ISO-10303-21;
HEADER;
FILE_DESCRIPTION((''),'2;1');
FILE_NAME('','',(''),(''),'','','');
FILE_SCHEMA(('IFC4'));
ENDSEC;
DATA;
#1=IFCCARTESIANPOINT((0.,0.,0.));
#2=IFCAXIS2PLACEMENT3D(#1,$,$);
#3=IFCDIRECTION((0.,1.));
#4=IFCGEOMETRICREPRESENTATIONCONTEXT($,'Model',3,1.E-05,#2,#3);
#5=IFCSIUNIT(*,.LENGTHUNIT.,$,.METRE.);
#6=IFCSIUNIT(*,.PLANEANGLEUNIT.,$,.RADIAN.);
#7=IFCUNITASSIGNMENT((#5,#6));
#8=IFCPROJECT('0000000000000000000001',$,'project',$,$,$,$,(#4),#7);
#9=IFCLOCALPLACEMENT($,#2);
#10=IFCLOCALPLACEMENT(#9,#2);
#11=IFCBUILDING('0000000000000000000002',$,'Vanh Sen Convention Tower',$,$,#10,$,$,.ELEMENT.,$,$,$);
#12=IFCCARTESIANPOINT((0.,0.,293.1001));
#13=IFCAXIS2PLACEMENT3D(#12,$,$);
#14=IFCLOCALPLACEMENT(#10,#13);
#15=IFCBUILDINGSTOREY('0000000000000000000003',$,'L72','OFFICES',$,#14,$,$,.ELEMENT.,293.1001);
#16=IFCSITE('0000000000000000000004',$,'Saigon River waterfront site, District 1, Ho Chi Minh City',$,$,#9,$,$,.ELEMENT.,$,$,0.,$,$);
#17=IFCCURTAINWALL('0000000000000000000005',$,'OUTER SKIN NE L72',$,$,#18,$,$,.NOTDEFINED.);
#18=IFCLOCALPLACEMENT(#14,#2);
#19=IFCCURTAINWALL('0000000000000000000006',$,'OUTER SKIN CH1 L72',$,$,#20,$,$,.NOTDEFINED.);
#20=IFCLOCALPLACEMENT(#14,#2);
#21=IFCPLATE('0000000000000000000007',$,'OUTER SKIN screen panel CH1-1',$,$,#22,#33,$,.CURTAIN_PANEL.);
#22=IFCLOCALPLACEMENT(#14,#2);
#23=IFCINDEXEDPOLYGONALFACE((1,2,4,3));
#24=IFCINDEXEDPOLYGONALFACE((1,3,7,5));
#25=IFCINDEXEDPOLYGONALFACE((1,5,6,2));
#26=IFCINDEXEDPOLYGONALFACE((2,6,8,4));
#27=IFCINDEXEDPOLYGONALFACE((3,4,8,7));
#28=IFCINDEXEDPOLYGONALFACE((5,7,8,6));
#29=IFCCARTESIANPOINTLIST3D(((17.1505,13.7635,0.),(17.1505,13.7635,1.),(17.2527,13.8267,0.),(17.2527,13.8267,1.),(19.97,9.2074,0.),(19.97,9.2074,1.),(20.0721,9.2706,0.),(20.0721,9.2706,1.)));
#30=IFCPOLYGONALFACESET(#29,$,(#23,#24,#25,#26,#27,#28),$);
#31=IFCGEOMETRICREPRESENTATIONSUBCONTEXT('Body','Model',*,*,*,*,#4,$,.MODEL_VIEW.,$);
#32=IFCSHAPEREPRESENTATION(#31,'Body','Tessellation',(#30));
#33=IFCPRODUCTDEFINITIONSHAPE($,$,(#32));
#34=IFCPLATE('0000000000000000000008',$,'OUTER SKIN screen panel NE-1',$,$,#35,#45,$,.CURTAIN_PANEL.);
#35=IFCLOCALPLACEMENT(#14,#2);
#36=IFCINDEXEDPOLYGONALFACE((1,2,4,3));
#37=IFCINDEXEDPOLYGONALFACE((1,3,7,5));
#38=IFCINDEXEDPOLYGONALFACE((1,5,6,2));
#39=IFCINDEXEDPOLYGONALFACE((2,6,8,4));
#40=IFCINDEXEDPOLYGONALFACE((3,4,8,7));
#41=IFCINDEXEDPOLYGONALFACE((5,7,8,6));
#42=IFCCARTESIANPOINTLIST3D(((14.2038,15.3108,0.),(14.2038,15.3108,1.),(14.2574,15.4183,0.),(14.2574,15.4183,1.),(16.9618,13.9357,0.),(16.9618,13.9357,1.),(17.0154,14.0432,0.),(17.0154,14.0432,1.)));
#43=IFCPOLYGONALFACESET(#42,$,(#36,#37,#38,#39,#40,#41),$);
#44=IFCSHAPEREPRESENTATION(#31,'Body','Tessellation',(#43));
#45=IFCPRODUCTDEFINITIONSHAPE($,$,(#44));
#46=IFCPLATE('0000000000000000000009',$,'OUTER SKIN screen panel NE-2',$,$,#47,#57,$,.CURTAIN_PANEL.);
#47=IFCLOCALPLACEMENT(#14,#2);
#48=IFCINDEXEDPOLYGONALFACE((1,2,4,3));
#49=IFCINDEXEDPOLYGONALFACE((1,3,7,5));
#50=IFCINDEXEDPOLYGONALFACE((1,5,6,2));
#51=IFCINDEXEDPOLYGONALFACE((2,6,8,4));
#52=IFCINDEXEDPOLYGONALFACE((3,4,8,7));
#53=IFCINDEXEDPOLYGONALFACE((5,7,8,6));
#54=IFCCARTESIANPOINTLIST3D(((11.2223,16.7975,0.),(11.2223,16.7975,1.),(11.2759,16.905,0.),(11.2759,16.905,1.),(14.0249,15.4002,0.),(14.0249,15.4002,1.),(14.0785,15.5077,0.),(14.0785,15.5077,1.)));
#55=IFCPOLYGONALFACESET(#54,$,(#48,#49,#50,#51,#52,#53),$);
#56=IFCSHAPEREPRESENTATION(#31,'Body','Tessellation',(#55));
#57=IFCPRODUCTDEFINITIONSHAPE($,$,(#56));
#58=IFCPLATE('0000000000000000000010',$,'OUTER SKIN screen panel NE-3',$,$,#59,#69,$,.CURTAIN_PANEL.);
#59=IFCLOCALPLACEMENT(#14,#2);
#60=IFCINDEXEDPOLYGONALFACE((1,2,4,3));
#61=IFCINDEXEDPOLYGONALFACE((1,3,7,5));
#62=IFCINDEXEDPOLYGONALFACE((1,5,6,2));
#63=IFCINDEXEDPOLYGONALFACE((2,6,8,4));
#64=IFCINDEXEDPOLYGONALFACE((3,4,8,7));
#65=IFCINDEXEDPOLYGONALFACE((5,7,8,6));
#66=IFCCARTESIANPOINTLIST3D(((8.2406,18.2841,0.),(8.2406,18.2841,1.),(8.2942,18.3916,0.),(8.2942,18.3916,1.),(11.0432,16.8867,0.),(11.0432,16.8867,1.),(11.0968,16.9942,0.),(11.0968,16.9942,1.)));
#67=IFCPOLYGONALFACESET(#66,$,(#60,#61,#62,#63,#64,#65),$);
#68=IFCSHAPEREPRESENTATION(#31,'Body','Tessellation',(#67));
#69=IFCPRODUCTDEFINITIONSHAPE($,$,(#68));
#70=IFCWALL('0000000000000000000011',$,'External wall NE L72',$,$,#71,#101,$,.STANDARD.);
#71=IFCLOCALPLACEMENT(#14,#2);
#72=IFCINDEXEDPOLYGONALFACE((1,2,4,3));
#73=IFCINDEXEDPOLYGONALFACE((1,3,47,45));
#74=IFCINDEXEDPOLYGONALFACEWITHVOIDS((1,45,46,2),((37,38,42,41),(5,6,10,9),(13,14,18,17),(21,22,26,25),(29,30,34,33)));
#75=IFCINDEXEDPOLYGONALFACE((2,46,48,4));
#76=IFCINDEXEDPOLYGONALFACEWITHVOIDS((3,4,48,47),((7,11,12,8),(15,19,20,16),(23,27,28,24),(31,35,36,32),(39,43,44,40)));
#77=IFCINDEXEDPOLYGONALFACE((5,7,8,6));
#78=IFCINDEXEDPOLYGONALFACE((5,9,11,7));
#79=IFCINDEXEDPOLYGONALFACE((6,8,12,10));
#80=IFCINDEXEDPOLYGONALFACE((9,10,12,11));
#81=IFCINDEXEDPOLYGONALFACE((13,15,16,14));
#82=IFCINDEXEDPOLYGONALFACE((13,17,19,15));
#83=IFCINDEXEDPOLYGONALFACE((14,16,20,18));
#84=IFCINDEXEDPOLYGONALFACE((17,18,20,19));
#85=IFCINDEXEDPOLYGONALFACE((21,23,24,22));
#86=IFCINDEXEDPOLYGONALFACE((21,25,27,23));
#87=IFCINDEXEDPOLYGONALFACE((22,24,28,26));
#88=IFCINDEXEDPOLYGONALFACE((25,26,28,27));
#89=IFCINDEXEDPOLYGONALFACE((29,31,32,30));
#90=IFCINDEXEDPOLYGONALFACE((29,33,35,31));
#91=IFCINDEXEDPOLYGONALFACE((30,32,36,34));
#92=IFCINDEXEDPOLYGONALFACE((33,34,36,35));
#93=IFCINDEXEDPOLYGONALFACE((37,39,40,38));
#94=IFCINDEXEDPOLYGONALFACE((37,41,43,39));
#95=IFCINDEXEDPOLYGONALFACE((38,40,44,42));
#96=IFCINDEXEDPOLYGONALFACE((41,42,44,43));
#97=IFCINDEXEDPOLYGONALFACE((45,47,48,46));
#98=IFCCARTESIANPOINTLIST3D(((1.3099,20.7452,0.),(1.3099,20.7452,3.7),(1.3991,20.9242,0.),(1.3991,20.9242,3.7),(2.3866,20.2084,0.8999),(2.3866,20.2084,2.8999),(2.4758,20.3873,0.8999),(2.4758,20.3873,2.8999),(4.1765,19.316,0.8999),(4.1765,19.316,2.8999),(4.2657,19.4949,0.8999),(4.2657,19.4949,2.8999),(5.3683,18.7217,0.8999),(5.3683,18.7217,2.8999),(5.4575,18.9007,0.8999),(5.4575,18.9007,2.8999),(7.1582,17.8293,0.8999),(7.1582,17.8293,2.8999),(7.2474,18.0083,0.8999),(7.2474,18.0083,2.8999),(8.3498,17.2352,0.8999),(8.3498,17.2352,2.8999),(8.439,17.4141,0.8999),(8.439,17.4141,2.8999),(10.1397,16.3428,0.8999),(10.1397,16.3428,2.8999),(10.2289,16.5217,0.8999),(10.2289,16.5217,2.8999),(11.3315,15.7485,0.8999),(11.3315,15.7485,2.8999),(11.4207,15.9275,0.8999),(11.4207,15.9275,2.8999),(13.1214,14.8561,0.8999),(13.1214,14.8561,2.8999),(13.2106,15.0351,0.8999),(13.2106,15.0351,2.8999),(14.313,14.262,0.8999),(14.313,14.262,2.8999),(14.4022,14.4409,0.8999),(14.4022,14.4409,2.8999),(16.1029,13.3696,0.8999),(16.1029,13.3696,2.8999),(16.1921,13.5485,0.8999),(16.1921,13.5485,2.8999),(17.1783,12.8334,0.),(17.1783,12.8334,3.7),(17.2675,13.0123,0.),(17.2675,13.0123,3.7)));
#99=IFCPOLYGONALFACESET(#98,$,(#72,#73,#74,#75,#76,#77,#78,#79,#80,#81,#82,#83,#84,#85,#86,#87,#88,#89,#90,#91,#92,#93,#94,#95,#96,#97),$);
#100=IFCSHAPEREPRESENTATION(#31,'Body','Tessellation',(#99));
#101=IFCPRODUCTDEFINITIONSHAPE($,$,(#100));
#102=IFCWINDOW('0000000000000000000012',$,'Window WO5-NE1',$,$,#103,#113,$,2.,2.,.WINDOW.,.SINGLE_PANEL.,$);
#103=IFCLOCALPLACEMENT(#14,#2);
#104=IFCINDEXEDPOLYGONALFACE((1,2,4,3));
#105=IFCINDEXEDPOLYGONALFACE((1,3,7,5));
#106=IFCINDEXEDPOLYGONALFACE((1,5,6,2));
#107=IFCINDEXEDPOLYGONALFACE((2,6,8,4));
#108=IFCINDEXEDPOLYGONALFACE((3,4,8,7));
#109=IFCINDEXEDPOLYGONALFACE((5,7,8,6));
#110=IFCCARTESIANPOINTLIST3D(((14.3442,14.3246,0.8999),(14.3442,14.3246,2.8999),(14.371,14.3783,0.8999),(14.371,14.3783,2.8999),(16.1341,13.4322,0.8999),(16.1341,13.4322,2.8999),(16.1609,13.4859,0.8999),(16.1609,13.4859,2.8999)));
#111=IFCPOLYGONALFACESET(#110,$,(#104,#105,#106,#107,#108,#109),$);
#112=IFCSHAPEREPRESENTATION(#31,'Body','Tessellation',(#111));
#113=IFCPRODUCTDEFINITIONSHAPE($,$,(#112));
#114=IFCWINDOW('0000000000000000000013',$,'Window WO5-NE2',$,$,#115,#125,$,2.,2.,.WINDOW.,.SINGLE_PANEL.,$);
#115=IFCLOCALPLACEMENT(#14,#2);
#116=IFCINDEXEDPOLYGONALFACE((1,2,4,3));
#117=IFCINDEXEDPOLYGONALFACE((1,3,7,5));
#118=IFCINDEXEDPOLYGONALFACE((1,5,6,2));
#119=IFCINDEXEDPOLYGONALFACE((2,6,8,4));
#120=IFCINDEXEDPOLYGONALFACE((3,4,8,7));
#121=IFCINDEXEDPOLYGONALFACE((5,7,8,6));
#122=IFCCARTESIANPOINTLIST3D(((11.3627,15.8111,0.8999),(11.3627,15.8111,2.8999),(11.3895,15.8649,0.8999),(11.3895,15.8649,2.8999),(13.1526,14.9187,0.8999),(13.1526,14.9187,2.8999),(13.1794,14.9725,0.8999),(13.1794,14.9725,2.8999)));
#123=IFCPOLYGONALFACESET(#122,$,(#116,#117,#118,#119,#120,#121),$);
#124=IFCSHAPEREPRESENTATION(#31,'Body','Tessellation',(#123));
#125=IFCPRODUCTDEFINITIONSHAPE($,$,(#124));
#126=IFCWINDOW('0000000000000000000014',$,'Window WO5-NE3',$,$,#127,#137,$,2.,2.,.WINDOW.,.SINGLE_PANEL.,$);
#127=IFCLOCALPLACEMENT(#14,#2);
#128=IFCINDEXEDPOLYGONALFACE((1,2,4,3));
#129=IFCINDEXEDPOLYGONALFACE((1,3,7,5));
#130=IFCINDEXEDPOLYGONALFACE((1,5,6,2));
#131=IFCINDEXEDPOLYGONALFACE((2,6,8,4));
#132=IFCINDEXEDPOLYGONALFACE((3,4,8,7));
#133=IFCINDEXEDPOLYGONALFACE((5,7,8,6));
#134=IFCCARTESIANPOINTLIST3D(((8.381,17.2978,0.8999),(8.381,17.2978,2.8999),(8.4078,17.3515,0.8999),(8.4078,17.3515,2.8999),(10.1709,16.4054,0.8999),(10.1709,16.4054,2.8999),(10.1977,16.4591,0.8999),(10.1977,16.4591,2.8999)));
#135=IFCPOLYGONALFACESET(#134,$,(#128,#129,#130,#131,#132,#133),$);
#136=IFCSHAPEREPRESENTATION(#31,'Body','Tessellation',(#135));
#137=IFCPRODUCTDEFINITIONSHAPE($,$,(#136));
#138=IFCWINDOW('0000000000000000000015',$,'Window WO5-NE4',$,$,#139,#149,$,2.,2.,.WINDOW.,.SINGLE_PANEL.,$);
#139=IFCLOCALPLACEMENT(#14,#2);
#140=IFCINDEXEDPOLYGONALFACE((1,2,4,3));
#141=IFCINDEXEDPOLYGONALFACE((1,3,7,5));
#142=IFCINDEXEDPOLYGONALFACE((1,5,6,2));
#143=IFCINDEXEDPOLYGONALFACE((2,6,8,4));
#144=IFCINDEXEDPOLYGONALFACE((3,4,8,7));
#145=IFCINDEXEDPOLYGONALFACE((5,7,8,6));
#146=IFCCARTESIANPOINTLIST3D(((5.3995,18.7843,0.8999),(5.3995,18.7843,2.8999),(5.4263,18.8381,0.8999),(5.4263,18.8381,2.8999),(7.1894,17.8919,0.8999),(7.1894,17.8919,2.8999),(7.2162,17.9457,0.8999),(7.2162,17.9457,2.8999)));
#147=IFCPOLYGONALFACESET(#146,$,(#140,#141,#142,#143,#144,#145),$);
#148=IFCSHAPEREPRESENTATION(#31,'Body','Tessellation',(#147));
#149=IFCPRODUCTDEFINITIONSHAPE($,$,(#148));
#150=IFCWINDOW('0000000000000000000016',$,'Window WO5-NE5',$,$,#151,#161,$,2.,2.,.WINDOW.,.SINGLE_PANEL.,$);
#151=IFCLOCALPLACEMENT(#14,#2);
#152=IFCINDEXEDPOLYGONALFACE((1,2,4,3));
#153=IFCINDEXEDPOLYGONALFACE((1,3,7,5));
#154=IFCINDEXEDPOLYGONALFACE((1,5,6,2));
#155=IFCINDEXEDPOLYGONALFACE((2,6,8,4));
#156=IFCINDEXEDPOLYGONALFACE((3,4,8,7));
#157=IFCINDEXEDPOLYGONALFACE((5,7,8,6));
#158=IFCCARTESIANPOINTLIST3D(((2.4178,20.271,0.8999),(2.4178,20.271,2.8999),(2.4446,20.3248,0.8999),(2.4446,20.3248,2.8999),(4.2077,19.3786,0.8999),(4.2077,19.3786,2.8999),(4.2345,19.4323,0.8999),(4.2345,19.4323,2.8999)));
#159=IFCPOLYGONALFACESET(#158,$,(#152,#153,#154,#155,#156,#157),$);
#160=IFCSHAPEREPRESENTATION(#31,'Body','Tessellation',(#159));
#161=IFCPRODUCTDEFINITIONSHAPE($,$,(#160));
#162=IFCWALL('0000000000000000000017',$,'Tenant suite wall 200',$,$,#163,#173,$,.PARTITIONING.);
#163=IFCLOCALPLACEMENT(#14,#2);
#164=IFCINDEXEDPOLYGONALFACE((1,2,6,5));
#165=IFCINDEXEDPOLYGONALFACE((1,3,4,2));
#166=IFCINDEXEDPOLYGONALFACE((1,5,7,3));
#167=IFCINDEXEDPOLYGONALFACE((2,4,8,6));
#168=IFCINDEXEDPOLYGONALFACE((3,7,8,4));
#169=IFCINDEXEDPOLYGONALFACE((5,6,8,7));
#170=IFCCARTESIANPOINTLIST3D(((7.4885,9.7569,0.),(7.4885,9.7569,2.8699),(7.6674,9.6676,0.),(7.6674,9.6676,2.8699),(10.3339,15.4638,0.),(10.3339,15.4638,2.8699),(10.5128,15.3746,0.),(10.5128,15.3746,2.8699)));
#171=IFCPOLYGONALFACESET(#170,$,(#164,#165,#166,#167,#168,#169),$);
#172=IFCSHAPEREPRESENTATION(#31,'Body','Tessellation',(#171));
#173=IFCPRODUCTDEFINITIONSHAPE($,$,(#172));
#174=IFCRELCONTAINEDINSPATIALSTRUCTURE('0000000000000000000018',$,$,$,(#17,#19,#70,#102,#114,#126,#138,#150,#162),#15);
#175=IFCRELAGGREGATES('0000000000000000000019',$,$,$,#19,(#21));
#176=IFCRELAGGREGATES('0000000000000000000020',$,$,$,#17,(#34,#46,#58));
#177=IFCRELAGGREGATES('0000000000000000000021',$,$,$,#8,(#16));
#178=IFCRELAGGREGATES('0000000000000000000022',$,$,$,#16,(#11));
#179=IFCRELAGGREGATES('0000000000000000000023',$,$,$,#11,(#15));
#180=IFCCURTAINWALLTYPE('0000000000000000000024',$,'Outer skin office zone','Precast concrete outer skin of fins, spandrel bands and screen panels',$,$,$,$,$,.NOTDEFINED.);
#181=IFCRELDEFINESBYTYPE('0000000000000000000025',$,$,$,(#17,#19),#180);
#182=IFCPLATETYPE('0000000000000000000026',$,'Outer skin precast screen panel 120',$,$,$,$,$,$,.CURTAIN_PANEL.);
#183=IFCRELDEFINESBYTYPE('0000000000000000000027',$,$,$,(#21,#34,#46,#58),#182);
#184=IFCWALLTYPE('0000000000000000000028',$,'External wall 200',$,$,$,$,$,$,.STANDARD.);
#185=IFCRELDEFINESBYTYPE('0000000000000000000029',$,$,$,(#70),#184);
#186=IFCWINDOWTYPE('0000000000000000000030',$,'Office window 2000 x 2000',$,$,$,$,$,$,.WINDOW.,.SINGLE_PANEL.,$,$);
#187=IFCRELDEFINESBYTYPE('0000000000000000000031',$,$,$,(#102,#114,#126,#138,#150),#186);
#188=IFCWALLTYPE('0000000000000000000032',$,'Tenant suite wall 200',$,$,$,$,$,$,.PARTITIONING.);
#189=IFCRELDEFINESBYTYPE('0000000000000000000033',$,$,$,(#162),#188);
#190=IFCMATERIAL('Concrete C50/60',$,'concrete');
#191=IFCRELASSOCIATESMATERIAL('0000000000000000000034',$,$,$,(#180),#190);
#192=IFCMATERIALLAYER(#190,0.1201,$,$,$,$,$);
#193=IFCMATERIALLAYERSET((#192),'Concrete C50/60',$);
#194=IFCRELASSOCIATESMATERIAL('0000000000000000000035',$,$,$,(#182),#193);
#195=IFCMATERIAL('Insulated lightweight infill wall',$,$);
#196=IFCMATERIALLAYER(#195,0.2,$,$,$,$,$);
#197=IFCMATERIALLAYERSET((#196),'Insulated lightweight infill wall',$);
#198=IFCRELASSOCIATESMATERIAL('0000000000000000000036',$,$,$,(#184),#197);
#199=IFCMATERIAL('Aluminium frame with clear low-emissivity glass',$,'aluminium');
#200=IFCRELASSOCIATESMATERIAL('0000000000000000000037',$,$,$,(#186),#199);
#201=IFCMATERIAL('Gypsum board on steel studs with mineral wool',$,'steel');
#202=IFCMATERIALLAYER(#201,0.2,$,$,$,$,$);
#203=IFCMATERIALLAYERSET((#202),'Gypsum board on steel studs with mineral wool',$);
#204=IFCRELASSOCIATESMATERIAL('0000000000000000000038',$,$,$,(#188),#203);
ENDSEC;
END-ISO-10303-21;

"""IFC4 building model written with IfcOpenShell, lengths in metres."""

from ifc_helpers import new_model, si_unit, direction, frame, frame_2d, origin, origin_2d, place, context, subcontext, project, spatial, rectangle, extrude, material, layer, layer_set, type_object, element, fill, aggregate, save


model = new_model("IFC4")

# Units and contexts
model_context = context("Model", 3, precision=1e-05, world=origin(), true_north=direction((0.0, 1.0)))
body_context = subcontext(model_context, "Body", "Model", "MODEL_VIEW")
ifc_project = project(units=[si_unit("LENGTHUNIT", "METRE"), si_unit("PLANEANGLEUNIT", "RADIAN")], contexts=[model_context])

# Site, building, storey
site_placement = place(None, origin())
site = spatial("IfcSite", under=ifc_project, at=site_placement, Name="Saigon River waterfront site, District 1, Ho Chi Minh City", CompositionType="ELEMENT", RefElevation=0.0)
building_placement = place(site_placement, origin())
building = spatial("IfcBuilding", under=site, at=building_placement, Name="Vanh Sen Convention Tower", CompositionType="ELEMENT")
storey_placement = place(building_placement, frame((0.0, 0.0, 293.1001)))
storey = spatial("IfcBuildingStorey", under=building, at=storey_placement, Name="L72", Description="OFFICES", CompositionType="ELEMENT", Elevation=293.1001)

# Curtain wall
ifc_material_1 = material(Name="Concrete C50/60", Category="concrete")
curtain_wall_type = type_object("IfcCurtainWallType", Name="Outer skin office zone", Description="Precast concrete outer skin of fins, spandrel bands and screen panels", PredefinedType="NOTDEFINED", material=ifc_material_1)
curtain_wall_1_placement = place(storey_placement, origin())
curtain_wall_1 = element("IfcCurtainWall", 1, at=curtain_wall_1_placement, inside=storey, type_object=curtain_wall_type, Name="OUTER SKIN NE L72", PredefinedType="NOTDEFINED")

# Curtain wall, plate
curtain_wall_2_placement = place(storey_placement, origin())
curtain_wall_2 = element("IfcCurtainWall", 2, at=curtain_wall_2_placement, inside=storey, type_object=curtain_wall_type, Name="OUTER SKIN CH1 L72", PredefinedType="NOTDEFINED")
ifc_layer_1 = layer(ifc_material_1, 0.1201)
ifc_layer_set_1 = layer_set([ifc_layer_1], Name="Concrete C50/60")
plate_type = type_object("IfcPlateType", Name="Outer skin precast screen panel 120", PredefinedType="CURTAIN_PANEL", material=ifc_layer_set_1)
plate_1_placement = place(storey_placement, frame((18.6113, 11.5171, 0.0), z_axis=(0.0, 0.0, 1.0), x_axis=(-0.526218, 0.850349, 0.0)))
plate_1 = element("IfcPlate", 3, at=plate_1_placement, type_object=plate_type, Name="OUTER SKIN screen panel CH1-1", PredefinedType="CURTAIN_PANEL", context=body_context, shape_type="SweptSolid", body=[
    extrude(rectangle(XDim=5.3579, YDim=0.1201, at=origin_2d()), origin(), (0.0, 0.0, 1.0), 1.0),
])
aggregate(curtain_wall_2, [plate_1])

# Plates
plate_2_placement = place(storey_placement, frame((15.6096, 14.677, 0.0), z_axis=(0.0, 0.0, 1.0), x_axis=(-0.894931, 0.446204, 0.0)))
plate_2 = element("IfcPlate", 4, at=plate_2_placement, type_object=plate_type, Name="OUTER SKIN screen panel NE-1", PredefinedType="CURTAIN_PANEL", context=body_context, shape_type="SweptSolid", body=[
    extrude(rectangle(XDim=3.0818, YDim=0.1201, at=origin_2d()), origin(), (0.0, 0.0, 1.0), 1.0),
])
plate_3_placement = place(storey_placement, frame((12.6504, 16.1526, 0.0), z_axis=(0.0, 0.0, 1.0), x_axis=(-0.894931, 0.446204, 0.0)))
plate_3 = element("IfcPlate", 5, at=plate_3_placement, type_object=plate_type, Name="OUTER SKIN screen panel NE-2", PredefinedType="CURTAIN_PANEL", context=body_context, shape_type="SweptSolid", body=[
    extrude(rectangle(XDim=3.1316, YDim=0.1201, at=origin_2d()), origin(), (0.0, 0.0, 1.0), 1.0),
])
plate_4_placement = place(storey_placement, frame((9.6687, 17.6392, 0.0), z_axis=(0.0, 0.0, 1.0), x_axis=(-0.894931, 0.446204, 0.0)))
plate_4 = element("IfcPlate", 6, at=plate_4_placement, type_object=plate_type, Name="OUTER SKIN screen panel NE-3", PredefinedType="CURTAIN_PANEL", context=body_context, shape_type="SweptSolid", body=[
    extrude(rectangle(XDim=3.1316, YDim=0.1201, at=origin_2d()), origin(), (0.0, 0.0, 1.0), 1.0),
])
aggregate(curtain_wall_1, [plate_2, plate_3, plate_4])

# Wall, openings, windows
ifc_material_2 = material(Name="Insulated lightweight infill wall")
ifc_layer_2 = layer(ifc_material_2, 0.2)
ifc_layer_set_2 = layer_set([ifc_layer_2], Name="Insulated lightweight infill wall")
wall_type_1 = type_object("IfcWallType", Name="External wall 200", PredefinedType="STANDARD", material=ifc_layer_set_2)
wall_1_placement = place(storey_placement, frame((17.2229, 12.9229, 0.0), z_axis=(0.0, 0.0, 1.0), x_axis=(-0.894931, 0.446205, 0.0)))
wall_1 = element("IfcWall", 7, at=wall_1_placement, inside=storey, type_object=wall_type_1, Name="External wall NE L72", PredefinedType="STANDARD", context=body_context, shape_type="SweptSolid", body=[
    extrude(rectangle(XDim=17.7314, YDim=0.2, at=frame_2d((8.8657, 0.0))), origin(), (0.0, 0.0, 1.0), 3.7),
])
opening_1_placement = place(wall_1_placement, frame((1.2017, 0.0, 0.8999)))
opening_1 = element("IfcOpeningElement", 8, at=opening_1_placement, cuts=wall_1, PredefinedType="OPENING", context=body_context, shape_type="SweptSolid", body=[
    extrude(rectangle(XDim=2.0, YDim=2.0, at=frame_2d((1.0, 1.0))), frame((0.0, 0.1099, 0.0), z_axis=(0.0, -1.0, 0.0), x_axis=(1.0, 0.0, 0.0)), (0.0, 0.0, 1.0), 0.22),
])
opening_2_placement = place(wall_1_placement, frame((4.5332, 0.0, 0.8999)))
opening_2 = element("IfcOpeningElement", 9, at=opening_2_placement, cuts=wall_1, PredefinedType="OPENING", context=body_context, shape_type="SweptSolid", body=[
    extrude(rectangle(XDim=2.0, YDim=2.0, at=frame_2d((1.0, 1.0))), frame((0.0, 0.1099, 0.0), z_axis=(0.0, -1.0, 0.0), x_axis=(1.0, 0.0, 0.0)), (0.0, 0.0, 1.0), 0.22),
])
opening_3_placement = place(wall_1_placement, frame((7.865, 0.0, 0.8999)))
opening_3 = element("IfcOpeningElement", 10, at=opening_3_placement, cuts=wall_1, PredefinedType="OPENING", context=body_context, shape_type="SweptSolid", body=[
    extrude(rectangle(XDim=2.0, YDim=2.0, at=frame_2d((1.0, 1.0))), frame((0.0, 0.1099, 0.0), z_axis=(0.0, -1.0, 0.0), x_axis=(1.0, 0.0, 0.0)), (0.0, 0.0, 1.0), 0.22),
])
opening_4_placement = place(wall_1_placement, frame((11.1965, 0.0, 0.8999)))
opening_4 = element("IfcOpeningElement", 11, at=opening_4_placement, cuts=wall_1, PredefinedType="OPENING", context=body_context, shape_type="SweptSolid", body=[
    extrude(rectangle(XDim=2.0, YDim=2.0, at=frame_2d((1.0, 1.0))), frame((0.0, 0.1099, 0.0), z_axis=(0.0, -1.0, 0.0), x_axis=(1.0, 0.0, 0.0)), (0.0, 0.0, 1.0), 0.22),
])
opening_5_placement = place(wall_1_placement, frame((14.5283, 0.0, 0.8999)))
opening_5 = element("IfcOpeningElement", 12, at=opening_5_placement, cuts=wall_1, PredefinedType="OPENING", context=body_context, shape_type="SweptSolid", body=[
    extrude(rectangle(XDim=2.0, YDim=2.0, at=frame_2d((1.0, 1.0))), frame((0.0, 0.1099, 0.0), z_axis=(0.0, -1.0, 0.0), x_axis=(1.0, 0.0, 0.0)), (0.0, 0.0, 1.0), 0.22),
])
ifc_material_3 = material(Name="Aluminium frame with clear low-emissivity glass", Category="aluminium")
window_type = type_object("IfcWindowType", Name="Office window 2000 x 2000", PartitioningType="SINGLE_PANEL", PredefinedType="WINDOW", material=ifc_material_3)
window_1_placement = place(opening_1_placement, origin())
window_1 = element("IfcWindow", 13, at=window_1_placement, inside=storey, type_object=window_type, Name="Window WO5-NE1", OverallHeight=2.0, OverallWidth=2.0, PartitioningType="SINGLE_PANEL", PredefinedType="WINDOW", context=body_context, shape_type="SweptSolid", body=[
    extrude(rectangle(XDim=2.0, YDim=2.0, at=frame_2d((1.0, 1.0))), frame((0.0, 0.03, 0.0), z_axis=(0.0, -1.0, 0.0), x_axis=(1.0, 0.0, 0.0)), (0.0, 0.0, 1.0), 0.0601),
])
fill(opening_1, window_1)
window_2_placement = place(opening_2_placement, origin())
window_2 = element("IfcWindow", 14, at=window_2_placement, inside=storey, type_object=window_type, Name="Window WO5-NE2", OverallHeight=2.0, OverallWidth=2.0, PartitioningType="SINGLE_PANEL", PredefinedType="WINDOW", context=body_context, shape_type="SweptSolid", body=[
    extrude(rectangle(XDim=2.0, YDim=2.0, at=frame_2d((1.0, 1.0))), frame((0.0, 0.03, 0.0), z_axis=(0.0, -1.0, 0.0), x_axis=(1.0, 0.0, 0.0)), (0.0, 0.0, 1.0), 0.0601),
])
fill(opening_2, window_2)
window_3_placement = place(opening_3_placement, origin())
window_3 = element("IfcWindow", 15, at=window_3_placement, inside=storey, type_object=window_type, Name="Window WO5-NE3", OverallHeight=2.0, OverallWidth=2.0, PartitioningType="SINGLE_PANEL", PredefinedType="WINDOW", context=body_context, shape_type="SweptSolid", body=[
    extrude(rectangle(XDim=2.0, YDim=2.0, at=frame_2d((1.0, 1.0))), frame((0.0, 0.03, 0.0), z_axis=(0.0, -1.0, 0.0), x_axis=(1.0, 0.0, 0.0)), (0.0, 0.0, 1.0), 0.0601),
])
fill(opening_3, window_3)
window_4_placement = place(opening_4_placement, origin())
window_4 = element("IfcWindow", 16, at=window_4_placement, inside=storey, type_object=window_type, Name="Window WO5-NE4", OverallHeight=2.0, OverallWidth=2.0, PartitioningType="SINGLE_PANEL", PredefinedType="WINDOW", context=body_context, shape_type="SweptSolid", body=[
    extrude(rectangle(XDim=2.0, YDim=2.0, at=frame_2d((1.0, 1.0))), frame((0.0, 0.03, 0.0), z_axis=(0.0, -1.0, 0.0), x_axis=(1.0, 0.0, 0.0)), (0.0, 0.0, 1.0), 0.0601),
])
fill(opening_4, window_4)
window_5_placement = place(opening_5_placement, origin())
window_5 = element("IfcWindow", 17, at=window_5_placement, inside=storey, type_object=window_type, Name="Window WO5-NE5", OverallHeight=2.0, OverallWidth=2.0, PartitioningType="SINGLE_PANEL", PredefinedType="WINDOW", context=body_context, shape_type="SweptSolid", body=[
    extrude(rectangle(XDim=2.0, YDim=2.0, at=frame_2d((1.0, 1.0))), frame((0.0, 0.03, 0.0), z_axis=(0.0, -1.0, 0.0), x_axis=(1.0, 0.0, 0.0)), (0.0, 0.0, 1.0), 0.0601),
])
fill(opening_5, window_5)

# Wall
ifc_material_4 = material(Name="Gypsum board on steel studs with mineral wool", Category="steel")
ifc_layer_3 = layer(ifc_material_4, 0.2)
ifc_layer_set_3 = layer_set([ifc_layer_3], Name="Gypsum board on steel studs with mineral wool")
wall_type_2 = type_object("IfcWallType", Name="Tenant suite wall 200", PredefinedType="PARTITIONING", material=ifc_layer_set_3)
wall_2_placement = place(storey_placement, frame((10.4233, 15.4192, 0.0), z_axis=(0.0, 0.0, 1.0), x_axis=(-0.446203, -0.894932, 0.0)))
element("IfcWall", 18, at=wall_2_placement, inside=storey, type_object=wall_type_2, Name="Tenant suite wall 200", PredefinedType="PARTITIONING", context=body_context, shape_type="SweptSolid", body=[
    extrude(rectangle(XDim=6.377, YDim=0.2, at=frame_2d((3.1885, 0.0))), origin(), (0.0, 0.0, 1.0), 2.8699),
])

save(model, "model.ifc")
